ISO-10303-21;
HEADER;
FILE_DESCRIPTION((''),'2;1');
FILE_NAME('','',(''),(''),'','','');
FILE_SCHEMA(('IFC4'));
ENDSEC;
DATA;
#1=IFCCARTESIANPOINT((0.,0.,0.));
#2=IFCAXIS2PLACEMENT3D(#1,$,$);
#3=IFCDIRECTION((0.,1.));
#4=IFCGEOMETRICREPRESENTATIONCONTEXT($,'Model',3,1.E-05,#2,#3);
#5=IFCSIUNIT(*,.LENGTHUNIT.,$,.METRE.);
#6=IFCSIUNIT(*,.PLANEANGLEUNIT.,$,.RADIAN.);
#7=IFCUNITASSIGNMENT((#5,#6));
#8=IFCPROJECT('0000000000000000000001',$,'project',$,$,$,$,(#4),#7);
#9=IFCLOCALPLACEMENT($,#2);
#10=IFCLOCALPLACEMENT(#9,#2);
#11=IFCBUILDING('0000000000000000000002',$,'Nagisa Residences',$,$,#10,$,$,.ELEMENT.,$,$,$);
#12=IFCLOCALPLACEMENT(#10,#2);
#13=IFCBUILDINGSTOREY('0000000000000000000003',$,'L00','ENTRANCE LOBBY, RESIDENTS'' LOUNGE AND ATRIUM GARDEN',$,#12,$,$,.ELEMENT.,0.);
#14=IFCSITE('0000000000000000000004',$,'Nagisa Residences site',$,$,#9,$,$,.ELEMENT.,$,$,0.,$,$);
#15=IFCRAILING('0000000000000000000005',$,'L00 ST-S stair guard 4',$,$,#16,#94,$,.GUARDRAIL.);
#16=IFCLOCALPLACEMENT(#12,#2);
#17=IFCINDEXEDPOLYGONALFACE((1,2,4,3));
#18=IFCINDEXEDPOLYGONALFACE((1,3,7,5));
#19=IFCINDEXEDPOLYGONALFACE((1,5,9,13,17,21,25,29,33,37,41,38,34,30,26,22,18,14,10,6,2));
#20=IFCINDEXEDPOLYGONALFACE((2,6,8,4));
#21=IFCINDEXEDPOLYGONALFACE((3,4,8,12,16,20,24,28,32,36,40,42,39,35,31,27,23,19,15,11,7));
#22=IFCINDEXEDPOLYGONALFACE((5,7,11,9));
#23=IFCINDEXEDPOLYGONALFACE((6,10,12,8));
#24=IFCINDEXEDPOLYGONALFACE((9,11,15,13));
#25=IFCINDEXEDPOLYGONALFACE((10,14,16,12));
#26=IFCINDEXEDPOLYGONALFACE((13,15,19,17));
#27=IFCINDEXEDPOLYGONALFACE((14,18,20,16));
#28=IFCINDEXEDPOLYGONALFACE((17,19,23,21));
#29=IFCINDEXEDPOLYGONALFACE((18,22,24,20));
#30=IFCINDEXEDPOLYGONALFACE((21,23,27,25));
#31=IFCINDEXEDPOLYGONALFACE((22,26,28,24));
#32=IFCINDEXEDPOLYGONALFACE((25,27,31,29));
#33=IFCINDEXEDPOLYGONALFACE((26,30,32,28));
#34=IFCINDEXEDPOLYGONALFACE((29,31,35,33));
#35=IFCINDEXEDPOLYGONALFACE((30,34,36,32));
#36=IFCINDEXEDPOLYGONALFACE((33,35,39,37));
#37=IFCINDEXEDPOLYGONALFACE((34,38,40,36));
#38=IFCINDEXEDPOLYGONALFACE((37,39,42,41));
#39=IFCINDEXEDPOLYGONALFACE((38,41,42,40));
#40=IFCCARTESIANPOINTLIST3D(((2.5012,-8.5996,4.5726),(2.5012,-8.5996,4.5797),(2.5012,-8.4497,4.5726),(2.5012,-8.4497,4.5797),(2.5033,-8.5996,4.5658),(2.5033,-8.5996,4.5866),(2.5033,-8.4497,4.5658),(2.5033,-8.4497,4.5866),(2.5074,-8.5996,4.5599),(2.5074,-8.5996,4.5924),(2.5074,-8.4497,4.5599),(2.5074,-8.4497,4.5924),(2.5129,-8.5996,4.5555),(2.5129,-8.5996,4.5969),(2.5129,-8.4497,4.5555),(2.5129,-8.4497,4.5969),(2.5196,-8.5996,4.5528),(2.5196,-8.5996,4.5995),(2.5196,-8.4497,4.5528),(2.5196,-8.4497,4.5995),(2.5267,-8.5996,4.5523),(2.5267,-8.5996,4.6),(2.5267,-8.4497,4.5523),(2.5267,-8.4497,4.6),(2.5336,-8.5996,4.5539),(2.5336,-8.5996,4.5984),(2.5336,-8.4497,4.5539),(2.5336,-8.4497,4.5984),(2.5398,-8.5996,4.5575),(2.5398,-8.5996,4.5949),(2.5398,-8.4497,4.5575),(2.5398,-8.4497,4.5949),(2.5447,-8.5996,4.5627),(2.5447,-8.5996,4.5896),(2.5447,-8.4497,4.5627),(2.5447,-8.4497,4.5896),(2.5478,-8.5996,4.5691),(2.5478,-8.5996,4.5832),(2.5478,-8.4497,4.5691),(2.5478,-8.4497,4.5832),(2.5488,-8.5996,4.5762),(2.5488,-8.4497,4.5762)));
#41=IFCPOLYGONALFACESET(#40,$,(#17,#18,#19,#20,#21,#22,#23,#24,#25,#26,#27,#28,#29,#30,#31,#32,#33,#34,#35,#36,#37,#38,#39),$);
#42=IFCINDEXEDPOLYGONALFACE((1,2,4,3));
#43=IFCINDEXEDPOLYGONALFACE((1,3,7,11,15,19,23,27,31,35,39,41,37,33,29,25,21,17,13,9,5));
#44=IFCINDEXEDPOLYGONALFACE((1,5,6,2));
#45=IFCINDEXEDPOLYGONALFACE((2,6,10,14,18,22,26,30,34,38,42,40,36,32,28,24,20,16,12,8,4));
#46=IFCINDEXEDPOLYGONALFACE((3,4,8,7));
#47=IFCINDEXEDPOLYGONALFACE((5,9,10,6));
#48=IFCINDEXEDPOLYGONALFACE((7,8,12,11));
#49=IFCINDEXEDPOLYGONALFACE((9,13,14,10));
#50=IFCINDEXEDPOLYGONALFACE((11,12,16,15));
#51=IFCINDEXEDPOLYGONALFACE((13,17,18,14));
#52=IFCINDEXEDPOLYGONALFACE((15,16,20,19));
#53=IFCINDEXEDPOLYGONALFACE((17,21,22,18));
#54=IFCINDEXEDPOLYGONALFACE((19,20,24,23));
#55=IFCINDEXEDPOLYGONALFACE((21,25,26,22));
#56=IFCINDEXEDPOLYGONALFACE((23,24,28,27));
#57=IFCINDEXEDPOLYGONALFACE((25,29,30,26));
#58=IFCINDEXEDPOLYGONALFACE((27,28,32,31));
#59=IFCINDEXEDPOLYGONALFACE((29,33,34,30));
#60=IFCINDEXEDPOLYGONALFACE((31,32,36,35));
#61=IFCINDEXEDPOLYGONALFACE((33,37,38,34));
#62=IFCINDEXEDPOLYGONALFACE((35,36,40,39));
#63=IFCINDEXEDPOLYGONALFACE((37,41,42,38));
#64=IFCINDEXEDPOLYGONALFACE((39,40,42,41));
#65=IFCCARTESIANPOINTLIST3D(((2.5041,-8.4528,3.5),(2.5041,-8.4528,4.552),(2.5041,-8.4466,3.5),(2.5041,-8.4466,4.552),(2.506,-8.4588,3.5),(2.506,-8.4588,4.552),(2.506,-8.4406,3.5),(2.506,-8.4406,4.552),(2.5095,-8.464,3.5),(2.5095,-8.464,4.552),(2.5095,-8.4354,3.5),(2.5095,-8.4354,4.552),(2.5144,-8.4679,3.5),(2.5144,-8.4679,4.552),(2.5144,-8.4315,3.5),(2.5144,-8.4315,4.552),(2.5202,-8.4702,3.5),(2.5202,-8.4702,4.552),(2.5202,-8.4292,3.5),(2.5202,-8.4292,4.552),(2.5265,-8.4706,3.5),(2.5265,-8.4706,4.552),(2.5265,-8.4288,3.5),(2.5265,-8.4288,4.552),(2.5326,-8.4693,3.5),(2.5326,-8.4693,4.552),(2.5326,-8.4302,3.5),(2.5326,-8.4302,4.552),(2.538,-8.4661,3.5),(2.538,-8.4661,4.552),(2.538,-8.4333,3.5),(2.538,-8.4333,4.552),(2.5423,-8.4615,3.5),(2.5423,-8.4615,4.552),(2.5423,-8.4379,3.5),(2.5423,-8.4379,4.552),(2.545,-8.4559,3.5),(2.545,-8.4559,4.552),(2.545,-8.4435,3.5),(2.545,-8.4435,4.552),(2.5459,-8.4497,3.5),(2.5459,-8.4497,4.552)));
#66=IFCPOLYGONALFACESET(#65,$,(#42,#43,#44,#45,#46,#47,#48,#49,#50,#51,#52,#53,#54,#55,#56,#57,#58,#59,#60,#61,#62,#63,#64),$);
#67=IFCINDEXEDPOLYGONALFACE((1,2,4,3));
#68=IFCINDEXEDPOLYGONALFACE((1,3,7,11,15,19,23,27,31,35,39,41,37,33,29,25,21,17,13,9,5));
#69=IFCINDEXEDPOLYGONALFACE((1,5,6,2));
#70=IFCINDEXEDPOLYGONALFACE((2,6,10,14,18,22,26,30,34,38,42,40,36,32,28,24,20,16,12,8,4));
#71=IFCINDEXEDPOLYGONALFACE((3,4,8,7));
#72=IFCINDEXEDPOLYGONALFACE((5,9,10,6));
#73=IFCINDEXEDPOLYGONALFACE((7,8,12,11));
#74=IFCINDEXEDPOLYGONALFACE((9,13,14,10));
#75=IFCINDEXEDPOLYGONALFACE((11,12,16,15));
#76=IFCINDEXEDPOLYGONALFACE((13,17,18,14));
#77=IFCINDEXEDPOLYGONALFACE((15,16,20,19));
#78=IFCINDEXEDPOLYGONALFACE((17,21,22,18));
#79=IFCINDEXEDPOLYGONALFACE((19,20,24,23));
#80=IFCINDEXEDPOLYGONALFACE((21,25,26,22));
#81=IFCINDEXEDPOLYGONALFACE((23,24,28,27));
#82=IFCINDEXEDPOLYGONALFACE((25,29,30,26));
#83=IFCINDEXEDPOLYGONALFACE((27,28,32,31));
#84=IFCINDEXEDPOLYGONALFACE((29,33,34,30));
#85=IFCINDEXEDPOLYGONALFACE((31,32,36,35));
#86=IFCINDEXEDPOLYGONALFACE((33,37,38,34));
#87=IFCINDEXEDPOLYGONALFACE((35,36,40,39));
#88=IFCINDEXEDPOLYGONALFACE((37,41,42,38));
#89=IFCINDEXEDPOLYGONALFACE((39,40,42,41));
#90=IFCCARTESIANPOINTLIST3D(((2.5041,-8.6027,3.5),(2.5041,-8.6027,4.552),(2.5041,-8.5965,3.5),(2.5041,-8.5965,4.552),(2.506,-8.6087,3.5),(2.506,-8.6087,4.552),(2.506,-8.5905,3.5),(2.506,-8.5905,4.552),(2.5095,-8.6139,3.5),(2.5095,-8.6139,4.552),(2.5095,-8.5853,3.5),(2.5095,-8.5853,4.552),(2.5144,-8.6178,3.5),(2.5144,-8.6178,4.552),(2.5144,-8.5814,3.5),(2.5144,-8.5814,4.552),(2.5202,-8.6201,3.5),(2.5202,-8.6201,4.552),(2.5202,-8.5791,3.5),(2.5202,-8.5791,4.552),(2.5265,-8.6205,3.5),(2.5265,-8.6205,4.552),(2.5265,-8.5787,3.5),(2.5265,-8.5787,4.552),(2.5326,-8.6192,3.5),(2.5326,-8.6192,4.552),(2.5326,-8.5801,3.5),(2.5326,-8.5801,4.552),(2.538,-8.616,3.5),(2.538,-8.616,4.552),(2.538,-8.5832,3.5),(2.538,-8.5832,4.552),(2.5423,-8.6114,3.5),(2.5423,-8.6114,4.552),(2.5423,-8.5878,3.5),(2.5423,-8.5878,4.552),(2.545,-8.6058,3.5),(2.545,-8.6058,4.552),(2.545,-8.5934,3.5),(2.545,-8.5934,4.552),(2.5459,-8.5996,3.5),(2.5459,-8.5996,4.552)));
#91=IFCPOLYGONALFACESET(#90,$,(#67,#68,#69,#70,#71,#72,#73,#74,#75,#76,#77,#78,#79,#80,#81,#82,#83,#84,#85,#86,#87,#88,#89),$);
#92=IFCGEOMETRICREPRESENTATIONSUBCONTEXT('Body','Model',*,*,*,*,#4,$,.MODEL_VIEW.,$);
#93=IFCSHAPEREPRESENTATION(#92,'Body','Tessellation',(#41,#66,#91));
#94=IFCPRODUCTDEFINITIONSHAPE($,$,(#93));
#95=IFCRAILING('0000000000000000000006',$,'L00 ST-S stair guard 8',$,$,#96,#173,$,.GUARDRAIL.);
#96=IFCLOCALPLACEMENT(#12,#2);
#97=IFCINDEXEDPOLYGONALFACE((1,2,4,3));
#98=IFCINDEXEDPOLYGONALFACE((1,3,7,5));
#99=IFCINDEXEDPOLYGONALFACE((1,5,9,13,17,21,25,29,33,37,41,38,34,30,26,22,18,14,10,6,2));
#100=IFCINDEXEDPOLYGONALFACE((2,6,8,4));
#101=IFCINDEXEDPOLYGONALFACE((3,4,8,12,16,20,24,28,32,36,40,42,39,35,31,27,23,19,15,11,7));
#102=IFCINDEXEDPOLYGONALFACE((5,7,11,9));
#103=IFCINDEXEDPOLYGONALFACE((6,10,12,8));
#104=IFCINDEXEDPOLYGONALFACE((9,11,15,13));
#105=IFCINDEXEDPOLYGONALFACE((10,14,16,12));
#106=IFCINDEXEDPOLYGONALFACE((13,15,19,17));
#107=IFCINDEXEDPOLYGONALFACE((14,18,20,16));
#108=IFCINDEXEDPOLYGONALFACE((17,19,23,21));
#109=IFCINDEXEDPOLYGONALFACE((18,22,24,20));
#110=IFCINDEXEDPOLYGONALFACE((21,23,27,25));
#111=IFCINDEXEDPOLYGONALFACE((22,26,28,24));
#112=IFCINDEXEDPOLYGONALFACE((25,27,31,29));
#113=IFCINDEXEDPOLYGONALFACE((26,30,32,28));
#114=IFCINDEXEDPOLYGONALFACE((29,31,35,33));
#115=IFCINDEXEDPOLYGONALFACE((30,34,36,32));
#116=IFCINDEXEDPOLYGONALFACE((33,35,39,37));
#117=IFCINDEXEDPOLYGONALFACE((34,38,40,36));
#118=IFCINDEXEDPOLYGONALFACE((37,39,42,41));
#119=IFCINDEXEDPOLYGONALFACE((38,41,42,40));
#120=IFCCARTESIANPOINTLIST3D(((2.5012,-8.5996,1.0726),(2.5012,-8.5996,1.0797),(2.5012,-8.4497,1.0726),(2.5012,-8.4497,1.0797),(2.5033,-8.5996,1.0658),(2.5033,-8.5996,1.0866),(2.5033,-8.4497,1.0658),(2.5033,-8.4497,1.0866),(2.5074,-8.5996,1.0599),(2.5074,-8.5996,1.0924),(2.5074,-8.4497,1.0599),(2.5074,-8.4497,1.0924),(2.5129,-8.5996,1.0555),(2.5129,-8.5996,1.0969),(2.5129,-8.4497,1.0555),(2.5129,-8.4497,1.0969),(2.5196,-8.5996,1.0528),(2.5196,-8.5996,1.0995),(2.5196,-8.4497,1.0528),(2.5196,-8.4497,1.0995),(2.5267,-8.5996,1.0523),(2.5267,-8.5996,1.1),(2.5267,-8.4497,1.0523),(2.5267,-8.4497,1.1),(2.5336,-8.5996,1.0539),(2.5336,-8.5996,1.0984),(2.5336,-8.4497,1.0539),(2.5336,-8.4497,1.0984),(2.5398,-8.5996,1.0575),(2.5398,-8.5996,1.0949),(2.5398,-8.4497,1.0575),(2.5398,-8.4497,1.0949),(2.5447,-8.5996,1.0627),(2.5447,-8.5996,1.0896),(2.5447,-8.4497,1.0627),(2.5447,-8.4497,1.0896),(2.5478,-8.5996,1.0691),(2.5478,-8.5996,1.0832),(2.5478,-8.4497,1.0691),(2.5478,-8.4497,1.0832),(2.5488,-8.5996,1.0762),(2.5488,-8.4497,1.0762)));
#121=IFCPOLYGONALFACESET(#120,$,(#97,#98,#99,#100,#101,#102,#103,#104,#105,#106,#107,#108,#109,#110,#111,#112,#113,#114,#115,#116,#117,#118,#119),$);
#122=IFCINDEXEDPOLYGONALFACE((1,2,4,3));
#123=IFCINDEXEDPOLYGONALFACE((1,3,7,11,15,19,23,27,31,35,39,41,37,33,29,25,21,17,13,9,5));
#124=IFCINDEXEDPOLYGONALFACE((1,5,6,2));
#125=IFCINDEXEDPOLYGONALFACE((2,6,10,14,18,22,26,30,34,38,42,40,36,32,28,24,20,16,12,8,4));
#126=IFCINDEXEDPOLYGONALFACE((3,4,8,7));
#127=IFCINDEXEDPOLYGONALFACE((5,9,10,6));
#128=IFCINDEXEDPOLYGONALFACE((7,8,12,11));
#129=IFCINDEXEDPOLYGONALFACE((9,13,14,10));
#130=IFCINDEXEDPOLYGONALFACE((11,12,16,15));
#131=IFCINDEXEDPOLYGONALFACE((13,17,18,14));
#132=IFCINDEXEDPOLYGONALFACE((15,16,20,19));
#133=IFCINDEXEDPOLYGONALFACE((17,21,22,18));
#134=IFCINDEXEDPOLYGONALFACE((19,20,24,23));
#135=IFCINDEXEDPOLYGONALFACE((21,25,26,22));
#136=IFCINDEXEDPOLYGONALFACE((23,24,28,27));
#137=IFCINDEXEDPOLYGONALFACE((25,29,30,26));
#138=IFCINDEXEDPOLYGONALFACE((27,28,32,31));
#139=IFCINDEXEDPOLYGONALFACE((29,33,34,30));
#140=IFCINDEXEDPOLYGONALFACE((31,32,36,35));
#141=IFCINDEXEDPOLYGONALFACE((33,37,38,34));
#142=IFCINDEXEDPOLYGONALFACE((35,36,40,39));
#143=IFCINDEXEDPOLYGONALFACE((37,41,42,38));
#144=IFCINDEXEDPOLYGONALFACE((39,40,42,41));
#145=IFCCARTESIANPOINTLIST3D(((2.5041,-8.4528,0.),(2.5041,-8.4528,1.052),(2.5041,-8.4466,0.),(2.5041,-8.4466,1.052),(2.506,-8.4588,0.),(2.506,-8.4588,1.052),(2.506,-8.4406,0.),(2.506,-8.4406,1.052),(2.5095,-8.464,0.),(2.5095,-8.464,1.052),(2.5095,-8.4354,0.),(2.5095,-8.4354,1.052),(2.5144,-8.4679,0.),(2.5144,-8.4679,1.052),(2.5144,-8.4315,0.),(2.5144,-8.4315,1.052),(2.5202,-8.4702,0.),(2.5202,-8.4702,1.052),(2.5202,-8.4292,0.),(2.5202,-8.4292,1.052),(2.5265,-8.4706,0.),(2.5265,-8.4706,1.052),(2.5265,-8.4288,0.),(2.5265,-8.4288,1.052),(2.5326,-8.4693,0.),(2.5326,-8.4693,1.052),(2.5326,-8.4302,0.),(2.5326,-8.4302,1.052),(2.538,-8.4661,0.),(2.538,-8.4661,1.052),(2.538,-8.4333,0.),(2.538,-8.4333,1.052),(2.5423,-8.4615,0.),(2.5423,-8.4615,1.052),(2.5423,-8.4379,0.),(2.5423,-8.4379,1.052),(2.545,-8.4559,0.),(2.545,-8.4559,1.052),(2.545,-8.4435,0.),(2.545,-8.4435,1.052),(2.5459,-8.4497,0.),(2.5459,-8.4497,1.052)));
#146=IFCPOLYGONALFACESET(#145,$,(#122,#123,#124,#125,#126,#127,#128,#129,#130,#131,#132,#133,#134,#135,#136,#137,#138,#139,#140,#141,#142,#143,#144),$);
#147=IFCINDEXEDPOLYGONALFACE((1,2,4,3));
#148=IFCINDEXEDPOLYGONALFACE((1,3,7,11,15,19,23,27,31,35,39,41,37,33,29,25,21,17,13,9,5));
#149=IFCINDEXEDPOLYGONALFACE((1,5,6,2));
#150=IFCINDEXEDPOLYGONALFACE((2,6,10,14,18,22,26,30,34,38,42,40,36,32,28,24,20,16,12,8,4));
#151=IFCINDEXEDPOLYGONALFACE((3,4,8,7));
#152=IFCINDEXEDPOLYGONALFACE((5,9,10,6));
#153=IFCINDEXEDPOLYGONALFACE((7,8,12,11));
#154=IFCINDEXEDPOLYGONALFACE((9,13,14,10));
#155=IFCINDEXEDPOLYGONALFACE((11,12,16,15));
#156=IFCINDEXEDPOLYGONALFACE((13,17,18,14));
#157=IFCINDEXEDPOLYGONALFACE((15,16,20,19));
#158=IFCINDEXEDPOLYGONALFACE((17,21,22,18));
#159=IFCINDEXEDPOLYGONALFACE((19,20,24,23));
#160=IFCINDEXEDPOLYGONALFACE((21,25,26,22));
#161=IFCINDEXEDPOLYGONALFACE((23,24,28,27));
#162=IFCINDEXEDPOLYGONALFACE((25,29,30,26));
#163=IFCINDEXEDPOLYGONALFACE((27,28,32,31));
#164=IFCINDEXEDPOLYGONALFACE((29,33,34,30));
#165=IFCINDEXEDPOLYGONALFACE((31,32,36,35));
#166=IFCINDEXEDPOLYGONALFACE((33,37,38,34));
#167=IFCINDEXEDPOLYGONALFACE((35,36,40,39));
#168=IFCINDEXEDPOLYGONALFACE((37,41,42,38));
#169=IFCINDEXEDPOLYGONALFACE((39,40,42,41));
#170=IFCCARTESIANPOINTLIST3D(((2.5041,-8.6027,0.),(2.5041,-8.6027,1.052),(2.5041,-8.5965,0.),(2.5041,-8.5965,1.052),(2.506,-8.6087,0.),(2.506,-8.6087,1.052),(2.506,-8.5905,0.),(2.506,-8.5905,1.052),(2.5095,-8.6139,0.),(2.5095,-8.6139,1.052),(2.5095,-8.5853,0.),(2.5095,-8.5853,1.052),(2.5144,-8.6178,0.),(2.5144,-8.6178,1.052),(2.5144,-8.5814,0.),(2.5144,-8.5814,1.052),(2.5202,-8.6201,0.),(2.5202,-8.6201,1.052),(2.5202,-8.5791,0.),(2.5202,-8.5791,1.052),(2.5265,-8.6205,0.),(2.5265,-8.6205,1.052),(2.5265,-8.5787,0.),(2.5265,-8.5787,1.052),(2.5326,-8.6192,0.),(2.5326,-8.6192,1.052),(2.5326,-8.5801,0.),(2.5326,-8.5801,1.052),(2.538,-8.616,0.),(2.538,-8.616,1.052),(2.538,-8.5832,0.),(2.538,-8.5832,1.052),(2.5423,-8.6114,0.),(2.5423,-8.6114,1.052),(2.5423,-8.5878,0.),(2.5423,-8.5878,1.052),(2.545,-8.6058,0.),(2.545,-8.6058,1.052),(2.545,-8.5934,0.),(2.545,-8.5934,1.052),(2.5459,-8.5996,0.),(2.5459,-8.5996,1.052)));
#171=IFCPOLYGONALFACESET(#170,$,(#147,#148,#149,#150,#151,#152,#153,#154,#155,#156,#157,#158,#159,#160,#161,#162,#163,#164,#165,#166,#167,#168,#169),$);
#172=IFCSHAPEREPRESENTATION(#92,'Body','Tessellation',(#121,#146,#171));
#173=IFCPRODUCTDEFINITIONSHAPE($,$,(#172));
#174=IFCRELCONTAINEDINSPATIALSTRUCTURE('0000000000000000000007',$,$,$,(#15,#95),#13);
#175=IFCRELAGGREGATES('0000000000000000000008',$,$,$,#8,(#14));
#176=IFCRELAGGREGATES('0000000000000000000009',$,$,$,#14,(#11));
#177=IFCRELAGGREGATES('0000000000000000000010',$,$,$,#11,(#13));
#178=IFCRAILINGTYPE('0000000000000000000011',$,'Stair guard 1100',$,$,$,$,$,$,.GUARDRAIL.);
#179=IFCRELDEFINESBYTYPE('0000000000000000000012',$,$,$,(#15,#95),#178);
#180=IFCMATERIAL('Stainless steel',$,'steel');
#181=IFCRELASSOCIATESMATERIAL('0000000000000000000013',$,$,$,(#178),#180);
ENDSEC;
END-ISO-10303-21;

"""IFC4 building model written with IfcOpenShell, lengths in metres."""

from ifc_helpers import new_model, si_unit, direction, frame, origin, origin_2d, place, context, subcontext, project, spatial, circle, extrude, material, type_object, element, save


model = new_model("IFC4")

# Units and contexts
model_context = context("Model", 3, precision=1e-05, world=origin(), true_north=direction((0.0, 1.0)))
body_context = subcontext(model_context, "Body", "Model", "MODEL_VIEW")
ifc_project = project(units=[si_unit("LENGTHUNIT", "METRE"), si_unit("PLANEANGLEUNIT", "RADIAN")], contexts=[model_context])

# Site, building, storey
site_placement = place(None, origin())
site = spatial("IfcSite", under=ifc_project, at=site_placement, Name="Nagisa Residences site", CompositionType="ELEMENT", RefElevation=0.0)
building_placement = place(site_placement, origin())
building = spatial("IfcBuilding", under=site, at=building_placement, Name="Nagisa Residences", CompositionType="ELEMENT")
storey_placement = place(building_placement, origin())
storey = spatial("IfcBuildingStorey", under=building, at=storey_placement, Name="L00", Description="ENTRANCE LOBBY, RESIDENTS' LOUNGE AND ATRIUM GARDEN", CompositionType="ELEMENT", Elevation=0.0)

# Railings
ifc_material_1 = material(Name="Stainless steel", Category="steel")
railing_type_1 = type_object("IfcRailingType", Name="Stair guard 1100", PredefinedType="GUARDRAIL", material=ifc_material_1)
for number, where, name in (
    (1, (2.5249, -8.4497, 3.5), "L00 ST-S stair guard 4"),
    (2, (2.5249, -8.4497, 0.0), "L00 ST-S stair guard 8"),
):
    element("IfcRailing", number, at=place(storey_placement, frame(where)), inside=storey, type_object=railing_type_1, Name=name, PredefinedType="GUARDRAIL", context=body_context, shape_type="SweptSolid", body=[
        extrude(circle(Radius=0.0239, at=origin_2d()), frame((0.0, 0.0, 1.0762), z_axis=(0.0, -1.0, 0.0), x_axis=(1.0, 0.0, 0.0)), (0.0, 0.0, 1.0), 0.1499),
        extrude(circle(Radius=0.021, at=origin_2d()), origin(), (0.0, 0.0, 1.0), 1.052),
        extrude(circle(Radius=0.021, at=origin_2d()), frame((0.0, -0.1499, 0.0)), (0.0, 0.0, 1.0), 1.052),
    ])

save(model, "model.ifc")
